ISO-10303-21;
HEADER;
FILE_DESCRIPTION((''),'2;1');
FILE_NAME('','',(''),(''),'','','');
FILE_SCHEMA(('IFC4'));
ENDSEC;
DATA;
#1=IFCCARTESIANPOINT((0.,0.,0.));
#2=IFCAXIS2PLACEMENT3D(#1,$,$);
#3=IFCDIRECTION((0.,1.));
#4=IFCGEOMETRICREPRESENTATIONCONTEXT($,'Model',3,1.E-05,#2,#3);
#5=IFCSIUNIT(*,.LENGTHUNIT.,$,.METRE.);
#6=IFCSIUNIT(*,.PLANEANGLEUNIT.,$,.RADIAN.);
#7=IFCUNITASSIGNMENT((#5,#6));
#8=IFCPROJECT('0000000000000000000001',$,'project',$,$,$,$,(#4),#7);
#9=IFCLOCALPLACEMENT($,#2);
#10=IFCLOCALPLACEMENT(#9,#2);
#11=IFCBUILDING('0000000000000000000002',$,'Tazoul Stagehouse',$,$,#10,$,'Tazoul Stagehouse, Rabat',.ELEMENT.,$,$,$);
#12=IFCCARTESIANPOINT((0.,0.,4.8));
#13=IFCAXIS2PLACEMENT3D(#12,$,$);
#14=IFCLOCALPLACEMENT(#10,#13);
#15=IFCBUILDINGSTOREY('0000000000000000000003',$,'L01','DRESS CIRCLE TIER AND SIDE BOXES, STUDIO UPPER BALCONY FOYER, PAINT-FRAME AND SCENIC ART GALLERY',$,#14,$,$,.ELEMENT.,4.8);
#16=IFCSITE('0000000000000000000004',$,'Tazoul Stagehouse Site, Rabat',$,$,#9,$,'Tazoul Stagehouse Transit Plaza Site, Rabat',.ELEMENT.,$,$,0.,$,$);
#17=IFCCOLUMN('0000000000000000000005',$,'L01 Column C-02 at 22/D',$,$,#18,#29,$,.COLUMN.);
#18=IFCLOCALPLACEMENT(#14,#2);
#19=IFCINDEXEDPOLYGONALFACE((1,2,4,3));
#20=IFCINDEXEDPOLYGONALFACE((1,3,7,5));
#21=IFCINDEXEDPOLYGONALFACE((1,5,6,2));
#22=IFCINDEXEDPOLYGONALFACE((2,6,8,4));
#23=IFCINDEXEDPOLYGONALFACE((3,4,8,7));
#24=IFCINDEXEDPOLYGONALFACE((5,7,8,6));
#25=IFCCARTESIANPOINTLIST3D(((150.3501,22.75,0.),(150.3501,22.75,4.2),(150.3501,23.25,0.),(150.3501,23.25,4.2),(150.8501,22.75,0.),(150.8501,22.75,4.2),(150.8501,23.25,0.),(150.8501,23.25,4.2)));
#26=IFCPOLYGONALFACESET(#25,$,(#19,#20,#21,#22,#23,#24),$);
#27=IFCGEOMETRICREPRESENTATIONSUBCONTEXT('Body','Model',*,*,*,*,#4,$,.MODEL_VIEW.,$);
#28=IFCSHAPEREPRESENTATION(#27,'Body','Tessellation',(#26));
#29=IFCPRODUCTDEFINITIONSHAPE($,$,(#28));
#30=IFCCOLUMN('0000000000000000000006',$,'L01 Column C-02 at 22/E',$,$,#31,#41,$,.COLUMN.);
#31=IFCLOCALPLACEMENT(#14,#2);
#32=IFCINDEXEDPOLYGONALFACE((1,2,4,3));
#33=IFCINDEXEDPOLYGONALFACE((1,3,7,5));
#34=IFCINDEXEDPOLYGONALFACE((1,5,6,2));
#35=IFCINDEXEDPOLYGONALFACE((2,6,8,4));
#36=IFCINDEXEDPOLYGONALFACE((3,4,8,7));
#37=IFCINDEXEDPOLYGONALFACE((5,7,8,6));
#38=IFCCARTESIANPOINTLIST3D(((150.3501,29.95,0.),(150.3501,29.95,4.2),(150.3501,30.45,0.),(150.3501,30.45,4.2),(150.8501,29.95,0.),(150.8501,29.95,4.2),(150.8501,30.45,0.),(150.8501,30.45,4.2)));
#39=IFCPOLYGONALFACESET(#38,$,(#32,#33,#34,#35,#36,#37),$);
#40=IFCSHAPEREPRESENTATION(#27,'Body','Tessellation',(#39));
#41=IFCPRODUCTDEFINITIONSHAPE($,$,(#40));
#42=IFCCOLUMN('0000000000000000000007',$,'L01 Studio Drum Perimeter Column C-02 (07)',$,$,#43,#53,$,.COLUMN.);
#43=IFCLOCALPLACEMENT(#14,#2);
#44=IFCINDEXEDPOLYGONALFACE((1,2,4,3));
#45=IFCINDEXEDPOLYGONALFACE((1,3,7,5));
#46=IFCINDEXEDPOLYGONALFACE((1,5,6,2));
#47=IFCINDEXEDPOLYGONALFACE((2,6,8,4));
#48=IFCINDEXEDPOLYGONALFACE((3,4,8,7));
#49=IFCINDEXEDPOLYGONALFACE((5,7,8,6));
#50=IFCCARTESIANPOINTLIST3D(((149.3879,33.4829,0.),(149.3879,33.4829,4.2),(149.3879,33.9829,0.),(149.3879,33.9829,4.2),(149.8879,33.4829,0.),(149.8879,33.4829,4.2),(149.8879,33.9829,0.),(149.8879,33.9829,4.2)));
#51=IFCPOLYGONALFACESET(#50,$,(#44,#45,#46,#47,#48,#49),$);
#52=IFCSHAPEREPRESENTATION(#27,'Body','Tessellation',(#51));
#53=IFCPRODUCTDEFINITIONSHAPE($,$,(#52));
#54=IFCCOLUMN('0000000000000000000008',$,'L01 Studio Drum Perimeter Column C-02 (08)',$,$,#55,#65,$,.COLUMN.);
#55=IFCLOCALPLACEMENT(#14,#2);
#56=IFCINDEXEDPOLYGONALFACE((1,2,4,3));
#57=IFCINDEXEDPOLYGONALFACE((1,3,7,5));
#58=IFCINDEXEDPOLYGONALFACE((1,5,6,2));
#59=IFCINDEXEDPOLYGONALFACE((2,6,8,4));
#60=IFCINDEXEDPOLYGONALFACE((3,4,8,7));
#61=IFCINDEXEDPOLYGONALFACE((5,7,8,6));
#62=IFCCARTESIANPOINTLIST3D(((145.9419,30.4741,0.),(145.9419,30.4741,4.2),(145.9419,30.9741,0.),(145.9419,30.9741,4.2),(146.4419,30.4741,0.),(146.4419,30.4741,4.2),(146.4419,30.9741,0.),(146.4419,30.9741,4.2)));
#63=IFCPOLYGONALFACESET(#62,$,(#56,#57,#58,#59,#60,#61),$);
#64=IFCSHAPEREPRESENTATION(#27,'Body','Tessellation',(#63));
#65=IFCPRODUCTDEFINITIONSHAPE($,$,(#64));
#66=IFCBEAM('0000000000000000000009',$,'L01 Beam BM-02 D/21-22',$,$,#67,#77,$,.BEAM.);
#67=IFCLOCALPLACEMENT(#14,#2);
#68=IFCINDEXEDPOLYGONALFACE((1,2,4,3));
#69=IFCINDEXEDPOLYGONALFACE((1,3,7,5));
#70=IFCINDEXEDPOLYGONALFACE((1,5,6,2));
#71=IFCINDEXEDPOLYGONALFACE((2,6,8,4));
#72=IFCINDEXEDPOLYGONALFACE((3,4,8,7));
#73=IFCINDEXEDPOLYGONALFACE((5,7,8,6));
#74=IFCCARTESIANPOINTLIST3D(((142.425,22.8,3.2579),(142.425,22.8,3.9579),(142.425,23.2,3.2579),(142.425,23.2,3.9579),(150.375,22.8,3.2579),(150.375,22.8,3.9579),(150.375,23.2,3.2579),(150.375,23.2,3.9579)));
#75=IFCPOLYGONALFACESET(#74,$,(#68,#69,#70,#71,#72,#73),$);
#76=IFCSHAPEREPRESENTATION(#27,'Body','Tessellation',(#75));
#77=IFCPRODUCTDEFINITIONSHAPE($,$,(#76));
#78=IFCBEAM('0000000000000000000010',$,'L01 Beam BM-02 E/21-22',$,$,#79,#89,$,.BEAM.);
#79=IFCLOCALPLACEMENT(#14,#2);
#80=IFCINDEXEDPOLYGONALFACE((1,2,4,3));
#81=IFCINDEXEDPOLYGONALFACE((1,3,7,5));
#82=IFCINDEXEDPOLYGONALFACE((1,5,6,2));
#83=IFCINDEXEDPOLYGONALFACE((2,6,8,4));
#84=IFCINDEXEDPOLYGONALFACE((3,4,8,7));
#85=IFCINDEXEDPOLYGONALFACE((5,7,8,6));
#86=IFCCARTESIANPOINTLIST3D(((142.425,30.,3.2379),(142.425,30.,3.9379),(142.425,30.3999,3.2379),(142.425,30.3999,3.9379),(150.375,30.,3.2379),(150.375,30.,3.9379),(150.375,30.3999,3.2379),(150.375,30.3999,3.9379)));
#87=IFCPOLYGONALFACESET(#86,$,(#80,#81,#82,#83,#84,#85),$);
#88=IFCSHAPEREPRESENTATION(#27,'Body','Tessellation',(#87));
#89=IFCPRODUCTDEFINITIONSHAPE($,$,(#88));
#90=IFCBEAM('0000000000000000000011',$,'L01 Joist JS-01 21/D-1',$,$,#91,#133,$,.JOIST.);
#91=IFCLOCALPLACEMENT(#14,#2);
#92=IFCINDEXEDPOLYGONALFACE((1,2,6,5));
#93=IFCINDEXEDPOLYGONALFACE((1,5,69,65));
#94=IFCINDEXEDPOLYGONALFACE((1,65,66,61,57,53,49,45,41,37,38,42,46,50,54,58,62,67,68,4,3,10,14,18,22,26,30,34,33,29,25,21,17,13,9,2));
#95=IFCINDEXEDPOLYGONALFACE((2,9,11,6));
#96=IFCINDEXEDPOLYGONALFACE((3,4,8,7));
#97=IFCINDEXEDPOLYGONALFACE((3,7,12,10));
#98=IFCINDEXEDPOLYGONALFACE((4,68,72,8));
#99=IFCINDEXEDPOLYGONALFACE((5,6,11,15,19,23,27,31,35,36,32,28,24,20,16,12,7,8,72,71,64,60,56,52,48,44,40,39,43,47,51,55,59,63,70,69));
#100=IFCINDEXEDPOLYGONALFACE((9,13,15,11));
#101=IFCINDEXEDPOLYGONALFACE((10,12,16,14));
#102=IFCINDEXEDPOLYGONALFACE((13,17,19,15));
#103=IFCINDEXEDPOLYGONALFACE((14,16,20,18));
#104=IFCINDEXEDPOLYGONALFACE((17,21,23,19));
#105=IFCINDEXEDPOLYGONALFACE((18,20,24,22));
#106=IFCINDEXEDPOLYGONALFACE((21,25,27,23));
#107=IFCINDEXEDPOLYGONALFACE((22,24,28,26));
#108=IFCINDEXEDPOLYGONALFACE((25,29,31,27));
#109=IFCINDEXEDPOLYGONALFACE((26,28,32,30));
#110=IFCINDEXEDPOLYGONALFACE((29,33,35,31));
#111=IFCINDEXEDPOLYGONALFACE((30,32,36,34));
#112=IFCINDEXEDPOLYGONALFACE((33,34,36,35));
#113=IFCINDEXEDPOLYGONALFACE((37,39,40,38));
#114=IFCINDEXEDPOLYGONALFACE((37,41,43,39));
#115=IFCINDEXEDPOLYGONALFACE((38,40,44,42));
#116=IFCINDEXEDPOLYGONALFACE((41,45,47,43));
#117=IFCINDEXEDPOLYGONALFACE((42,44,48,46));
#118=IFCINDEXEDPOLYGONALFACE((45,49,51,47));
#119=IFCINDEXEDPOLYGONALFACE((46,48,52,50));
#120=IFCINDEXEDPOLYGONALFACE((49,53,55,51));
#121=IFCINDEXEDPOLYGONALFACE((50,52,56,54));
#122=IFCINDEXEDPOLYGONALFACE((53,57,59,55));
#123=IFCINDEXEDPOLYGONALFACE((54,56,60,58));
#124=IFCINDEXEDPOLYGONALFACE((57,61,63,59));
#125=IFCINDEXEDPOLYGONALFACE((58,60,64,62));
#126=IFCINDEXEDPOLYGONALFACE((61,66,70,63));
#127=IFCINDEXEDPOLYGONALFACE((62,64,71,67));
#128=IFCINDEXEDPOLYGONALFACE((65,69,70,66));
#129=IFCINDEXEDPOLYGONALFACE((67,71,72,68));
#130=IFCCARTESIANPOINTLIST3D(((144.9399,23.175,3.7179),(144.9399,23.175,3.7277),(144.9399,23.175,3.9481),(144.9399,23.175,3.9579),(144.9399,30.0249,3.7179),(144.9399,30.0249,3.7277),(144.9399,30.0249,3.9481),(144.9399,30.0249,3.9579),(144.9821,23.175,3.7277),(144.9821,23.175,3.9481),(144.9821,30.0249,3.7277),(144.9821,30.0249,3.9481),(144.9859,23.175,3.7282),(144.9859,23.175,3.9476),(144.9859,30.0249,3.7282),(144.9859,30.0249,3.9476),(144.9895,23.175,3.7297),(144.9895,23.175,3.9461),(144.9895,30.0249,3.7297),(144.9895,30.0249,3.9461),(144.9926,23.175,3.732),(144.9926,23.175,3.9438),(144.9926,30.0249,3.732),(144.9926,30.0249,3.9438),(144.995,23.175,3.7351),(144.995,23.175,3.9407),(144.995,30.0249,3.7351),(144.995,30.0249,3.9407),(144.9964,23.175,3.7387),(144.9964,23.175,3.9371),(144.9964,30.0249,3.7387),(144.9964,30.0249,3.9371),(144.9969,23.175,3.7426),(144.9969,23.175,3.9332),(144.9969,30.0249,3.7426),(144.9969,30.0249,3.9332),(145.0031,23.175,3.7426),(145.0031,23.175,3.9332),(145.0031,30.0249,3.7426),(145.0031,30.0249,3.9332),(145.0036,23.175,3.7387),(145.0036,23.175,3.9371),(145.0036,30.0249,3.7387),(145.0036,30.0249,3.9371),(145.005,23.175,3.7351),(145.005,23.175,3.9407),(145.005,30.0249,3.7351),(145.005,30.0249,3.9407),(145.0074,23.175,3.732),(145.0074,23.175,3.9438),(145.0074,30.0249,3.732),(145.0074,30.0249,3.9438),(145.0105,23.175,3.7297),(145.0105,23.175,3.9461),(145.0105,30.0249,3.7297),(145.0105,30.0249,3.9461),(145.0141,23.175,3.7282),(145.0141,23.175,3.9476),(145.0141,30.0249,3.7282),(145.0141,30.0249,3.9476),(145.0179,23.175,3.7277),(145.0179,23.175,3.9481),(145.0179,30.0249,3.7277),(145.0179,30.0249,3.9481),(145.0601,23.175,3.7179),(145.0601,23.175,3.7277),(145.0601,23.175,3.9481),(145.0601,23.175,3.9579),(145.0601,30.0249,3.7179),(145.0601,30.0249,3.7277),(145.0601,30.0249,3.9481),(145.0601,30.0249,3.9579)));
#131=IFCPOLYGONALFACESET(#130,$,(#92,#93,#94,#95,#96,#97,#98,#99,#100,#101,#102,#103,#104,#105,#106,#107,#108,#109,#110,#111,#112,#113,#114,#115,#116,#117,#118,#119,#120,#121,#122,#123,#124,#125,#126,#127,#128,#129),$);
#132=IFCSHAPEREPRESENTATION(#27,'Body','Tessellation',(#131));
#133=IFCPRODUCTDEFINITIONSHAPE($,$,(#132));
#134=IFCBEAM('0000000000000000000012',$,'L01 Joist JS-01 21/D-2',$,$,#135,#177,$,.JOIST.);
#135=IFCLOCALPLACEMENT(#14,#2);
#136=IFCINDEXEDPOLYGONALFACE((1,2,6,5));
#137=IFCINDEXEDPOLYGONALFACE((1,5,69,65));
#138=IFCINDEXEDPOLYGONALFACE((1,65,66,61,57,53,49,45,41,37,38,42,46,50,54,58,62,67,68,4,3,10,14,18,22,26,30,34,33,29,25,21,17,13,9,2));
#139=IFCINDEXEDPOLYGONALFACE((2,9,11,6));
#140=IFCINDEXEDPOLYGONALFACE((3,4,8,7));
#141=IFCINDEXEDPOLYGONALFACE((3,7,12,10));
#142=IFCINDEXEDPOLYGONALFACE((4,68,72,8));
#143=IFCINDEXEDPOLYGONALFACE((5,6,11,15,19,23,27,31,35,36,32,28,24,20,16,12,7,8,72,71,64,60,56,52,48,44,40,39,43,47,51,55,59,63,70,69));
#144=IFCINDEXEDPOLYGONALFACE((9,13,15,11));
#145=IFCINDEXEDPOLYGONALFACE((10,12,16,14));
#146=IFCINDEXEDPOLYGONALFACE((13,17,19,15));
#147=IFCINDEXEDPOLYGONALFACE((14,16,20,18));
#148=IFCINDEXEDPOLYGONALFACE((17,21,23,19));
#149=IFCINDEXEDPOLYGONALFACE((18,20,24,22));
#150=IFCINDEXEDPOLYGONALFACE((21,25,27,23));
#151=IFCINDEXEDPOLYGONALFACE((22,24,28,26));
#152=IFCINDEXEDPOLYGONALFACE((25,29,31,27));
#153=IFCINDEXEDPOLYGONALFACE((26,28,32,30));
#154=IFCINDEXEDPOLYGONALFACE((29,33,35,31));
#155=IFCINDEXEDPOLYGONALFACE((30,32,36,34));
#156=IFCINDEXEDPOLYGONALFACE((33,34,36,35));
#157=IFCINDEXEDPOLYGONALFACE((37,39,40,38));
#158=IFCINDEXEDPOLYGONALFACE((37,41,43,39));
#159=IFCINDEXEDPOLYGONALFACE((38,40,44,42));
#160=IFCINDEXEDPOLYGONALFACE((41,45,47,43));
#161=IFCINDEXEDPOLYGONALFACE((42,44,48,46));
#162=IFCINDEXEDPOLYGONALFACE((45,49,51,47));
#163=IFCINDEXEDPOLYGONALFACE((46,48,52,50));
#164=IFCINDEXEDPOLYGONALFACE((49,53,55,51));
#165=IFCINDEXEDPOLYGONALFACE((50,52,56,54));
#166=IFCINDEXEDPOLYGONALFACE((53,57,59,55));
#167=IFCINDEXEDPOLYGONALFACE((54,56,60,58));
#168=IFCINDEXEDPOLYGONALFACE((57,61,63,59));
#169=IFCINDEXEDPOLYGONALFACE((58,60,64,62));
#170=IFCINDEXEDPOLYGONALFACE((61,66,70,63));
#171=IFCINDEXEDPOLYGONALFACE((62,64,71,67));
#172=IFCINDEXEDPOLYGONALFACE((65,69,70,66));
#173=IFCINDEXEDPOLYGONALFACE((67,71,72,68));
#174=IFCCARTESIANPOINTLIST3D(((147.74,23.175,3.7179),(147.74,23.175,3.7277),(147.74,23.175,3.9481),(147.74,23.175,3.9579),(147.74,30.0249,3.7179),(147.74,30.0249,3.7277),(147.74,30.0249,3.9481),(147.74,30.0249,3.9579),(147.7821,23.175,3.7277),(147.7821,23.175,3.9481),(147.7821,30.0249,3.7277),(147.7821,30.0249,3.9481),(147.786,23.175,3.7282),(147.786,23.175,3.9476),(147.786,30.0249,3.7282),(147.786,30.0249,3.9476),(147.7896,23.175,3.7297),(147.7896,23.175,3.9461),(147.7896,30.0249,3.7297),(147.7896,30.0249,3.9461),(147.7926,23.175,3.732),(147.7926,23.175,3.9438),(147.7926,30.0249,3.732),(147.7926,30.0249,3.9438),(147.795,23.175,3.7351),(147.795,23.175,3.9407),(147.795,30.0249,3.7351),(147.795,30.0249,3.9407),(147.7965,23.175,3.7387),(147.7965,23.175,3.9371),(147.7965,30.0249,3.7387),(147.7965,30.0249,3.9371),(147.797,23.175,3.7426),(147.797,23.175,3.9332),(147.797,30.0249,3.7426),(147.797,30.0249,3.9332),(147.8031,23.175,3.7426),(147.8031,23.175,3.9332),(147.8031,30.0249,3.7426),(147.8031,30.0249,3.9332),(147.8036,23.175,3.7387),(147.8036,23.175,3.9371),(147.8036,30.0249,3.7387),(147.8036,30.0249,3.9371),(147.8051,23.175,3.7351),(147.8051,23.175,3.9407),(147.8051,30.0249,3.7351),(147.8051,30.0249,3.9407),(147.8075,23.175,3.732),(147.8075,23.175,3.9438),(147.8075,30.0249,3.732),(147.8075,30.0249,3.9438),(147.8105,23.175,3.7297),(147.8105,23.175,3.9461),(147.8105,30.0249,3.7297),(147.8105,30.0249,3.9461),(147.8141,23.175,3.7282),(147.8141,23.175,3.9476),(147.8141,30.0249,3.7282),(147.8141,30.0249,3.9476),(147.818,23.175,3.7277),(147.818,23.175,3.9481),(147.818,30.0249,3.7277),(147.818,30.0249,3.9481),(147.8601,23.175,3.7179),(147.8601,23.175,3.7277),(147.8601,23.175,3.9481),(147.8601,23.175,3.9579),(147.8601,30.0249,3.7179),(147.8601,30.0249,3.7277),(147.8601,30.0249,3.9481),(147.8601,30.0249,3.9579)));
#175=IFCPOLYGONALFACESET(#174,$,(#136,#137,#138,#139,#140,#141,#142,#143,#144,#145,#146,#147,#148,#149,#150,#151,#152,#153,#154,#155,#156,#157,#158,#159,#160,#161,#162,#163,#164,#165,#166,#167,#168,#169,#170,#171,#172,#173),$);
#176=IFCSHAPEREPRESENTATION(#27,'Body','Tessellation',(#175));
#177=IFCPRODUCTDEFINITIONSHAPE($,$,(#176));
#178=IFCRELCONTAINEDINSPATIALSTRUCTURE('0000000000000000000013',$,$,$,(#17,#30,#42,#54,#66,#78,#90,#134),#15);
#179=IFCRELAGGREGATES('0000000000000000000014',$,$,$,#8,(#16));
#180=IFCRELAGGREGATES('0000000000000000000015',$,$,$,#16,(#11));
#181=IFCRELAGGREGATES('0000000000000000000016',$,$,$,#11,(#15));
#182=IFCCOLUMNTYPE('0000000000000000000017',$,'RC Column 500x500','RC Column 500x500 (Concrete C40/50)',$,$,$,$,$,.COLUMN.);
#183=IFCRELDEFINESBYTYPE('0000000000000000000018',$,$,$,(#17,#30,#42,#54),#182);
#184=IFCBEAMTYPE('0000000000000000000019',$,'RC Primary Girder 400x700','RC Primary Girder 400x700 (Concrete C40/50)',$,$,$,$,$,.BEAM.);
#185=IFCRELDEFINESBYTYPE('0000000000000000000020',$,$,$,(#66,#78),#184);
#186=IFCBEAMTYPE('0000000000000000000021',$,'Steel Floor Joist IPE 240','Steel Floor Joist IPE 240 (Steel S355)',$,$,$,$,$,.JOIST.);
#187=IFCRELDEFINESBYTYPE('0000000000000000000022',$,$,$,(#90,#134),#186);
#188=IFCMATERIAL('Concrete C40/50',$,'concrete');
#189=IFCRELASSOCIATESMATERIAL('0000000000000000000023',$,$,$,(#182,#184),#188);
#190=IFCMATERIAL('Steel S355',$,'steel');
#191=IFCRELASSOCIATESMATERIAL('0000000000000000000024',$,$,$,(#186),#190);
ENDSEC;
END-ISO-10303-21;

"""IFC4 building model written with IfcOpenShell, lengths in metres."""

from ifc_helpers import new_model, si_unit, direction, frame, origin, origin_2d, place, context, subcontext, project, spatial, rectangle, i_section, extrude, material, material_profile, profile_set, type_object, element, save


model = new_model("IFC4")

# Units and contexts
model_context = context("Model", 3, precision=1e-05, world=origin(), true_north=direction((0.0, 1.0)))
body_context = subcontext(model_context, "Body", "Model", "MODEL_VIEW")
ifc_project = project(units=[si_unit("LENGTHUNIT", "METRE"), si_unit("PLANEANGLEUNIT", "RADIAN")], contexts=[model_context])

# Site, building, storey
site_placement = place(None, origin())
site = spatial("IfcSite", under=ifc_project, at=site_placement, Name="Tazoul Stagehouse Site, Rabat", LongName="Tazoul Stagehouse Transit Plaza Site, Rabat", CompositionType="ELEMENT", RefElevation=0.0)
building_placement = place(site_placement, origin())
building = spatial("IfcBuilding", under=site, at=building_placement, Name="Tazoul Stagehouse", LongName="Tazoul Stagehouse, Rabat", CompositionType="ELEMENT")
storey_placement = place(building_placement, frame((0.0, 0.0, 4.8)))
storey = spatial("IfcBuildingStorey", under=building, at=storey_placement, Name="L01", Description="DRESS CIRCLE TIER AND SIDE BOXES, STUDIO UPPER BALCONY FOYER, PAINT-FRAME AND SCENIC ART GALLERY", CompositionType="ELEMENT", Elevation=4.8)

# Columns
ifc_material_1 = material(Name="Concrete C40/50", Category="concrete")
ifc_material_profile_1 = material_profile(ifc_material_1, rectangle(XDim=0.5, YDim=0.5, at=origin_2d()), Name="RC 500x500")
ifc_profile_set_1 = profile_set([ifc_material_profile_1], Name="Concrete C40/50")
column_type = type_object("IfcColumnType", Name="RC Column 500x500", Description="RC Column 500x500 (Concrete C40/50)", PredefinedType="COLUMN", material=ifc_profile_set_1)
for number, where, z_axis, x_axis, name in (
    (1, (150.6001, 23.0, 0.0), (0.0, 0.0, 1.0), (1.0, 0.0, 0.0), "L01 Column C-02 at 22/D"),
    (2, (150.6001, 30.2, 0.0), (0.0, 0.0, 1.0), (1.0, 0.0, 0.0), "L01 Column C-02 at 22/E"),
    (3, (149.6379, 33.7329, 0.0), (0.0, 0.0, 1.0), (1.0, 0.0, 0.0), "L01 Studio Drum Perimeter Column C-02 (07)"),
    (4, (146.1919, 30.7241, 0.0), (0.0, 0.0, 1.0), (1.0, 0.0, 0.0), "L01 Studio Drum Perimeter Column C-02 (08)"),
):
    element("IfcColumn", number, at=place(storey_placement, frame(where, z_axis=z_axis, x_axis=x_axis)), inside=storey, type_object=column_type, Name=name, PredefinedType="COLUMN", context=body_context, shape_type="SweptSolid", body=[
        extrude(rectangle(XDim=0.5, YDim=0.5, at=origin_2d()), origin(), (0.0, 0.0, 1.0), 4.2),
    ])

# Beams
ifc_material_profile_2 = material_profile(ifc_material_1, rectangle(XDim=0.3999, YDim=0.7, at=origin_2d()), Name="RC 400x700")
ifc_profile_set_2 = profile_set([ifc_material_profile_2], Name="Concrete C40/50")
beam_type_1 = type_object("IfcBeamType", Name="RC Primary Girder 400x700", Description="RC Primary Girder 400x700 (Concrete C40/50)", PredefinedType="BEAM", material=ifc_profile_set_2)
for number, where, z_axis, x_axis, name in (
    (5, (142.425, 23.0, 3.6079), (1.0, 0.0, 0.0), (0.0, 1.0, 0.0), "L01 Beam BM-02 D/21-22"),
    (6, (142.425, 30.2, 3.5879), (1.0, 0.0, 0.0), (0.0, 1.0, 0.0), "L01 Beam BM-02 E/21-22"),
):
    element("IfcBeam", number, at=place(storey_placement, frame(where, z_axis=z_axis, x_axis=x_axis)), inside=storey, type_object=beam_type_1, Name=name, PredefinedType="BEAM", context=body_context, shape_type="SweptSolid", body=[
        extrude(rectangle(XDim=0.3999, YDim=0.7, at=origin_2d()), origin(), (0.0, 0.0, 1.0), 7.95),
    ])
ifc_material_2 = material(Name="Steel S355", Category="steel")
ifc_material_profile_3 = material_profile(ifc_material_2, i_section(OverallWidth=0.1201, OverallDepth=0.24, WebThickness=0.0061, FlangeThickness=0.0098, FilletRadius=0.0149, at=origin_2d()), Name="IPE 240")
ifc_profile_set_3 = profile_set([ifc_material_profile_3], Name="Steel S355")
beam_type_2 = type_object("IfcBeamType", Name="Steel Floor Joist IPE 240", Description="Steel Floor Joist IPE 240 (Steel S355)", PredefinedType="JOIST", material=ifc_profile_set_3)
for number, where, z_axis, x_axis, name in (
    (7, (145.0, 23.175, 3.8379), (0.0, 1.0, 0.0), (-1.0, 0.0, 0.0), "L01 Joist JS-01 21/D-1"),
    (8, (147.8, 23.175, 3.8379), (0.0, 1.0, 0.0), (-1.0, 0.0, 0.0), "L01 Joist JS-01 21/D-2"),
):
    element("IfcBeam", number, at=place(storey_placement, frame(where, z_axis=z_axis, x_axis=x_axis)), inside=storey, type_object=beam_type_2, Name=name, PredefinedType="JOIST", context=body_context, shape_type="SweptSolid", body=[
        extrude(i_section(OverallWidth=0.1201, OverallDepth=0.24, WebThickness=0.0061, FlangeThickness=0.0098, FilletRadius=0.0149, at=origin_2d()), origin(), (0.0, 0.0, 1.0), 6.8499),
    ])

save(model, "model.ifc")
